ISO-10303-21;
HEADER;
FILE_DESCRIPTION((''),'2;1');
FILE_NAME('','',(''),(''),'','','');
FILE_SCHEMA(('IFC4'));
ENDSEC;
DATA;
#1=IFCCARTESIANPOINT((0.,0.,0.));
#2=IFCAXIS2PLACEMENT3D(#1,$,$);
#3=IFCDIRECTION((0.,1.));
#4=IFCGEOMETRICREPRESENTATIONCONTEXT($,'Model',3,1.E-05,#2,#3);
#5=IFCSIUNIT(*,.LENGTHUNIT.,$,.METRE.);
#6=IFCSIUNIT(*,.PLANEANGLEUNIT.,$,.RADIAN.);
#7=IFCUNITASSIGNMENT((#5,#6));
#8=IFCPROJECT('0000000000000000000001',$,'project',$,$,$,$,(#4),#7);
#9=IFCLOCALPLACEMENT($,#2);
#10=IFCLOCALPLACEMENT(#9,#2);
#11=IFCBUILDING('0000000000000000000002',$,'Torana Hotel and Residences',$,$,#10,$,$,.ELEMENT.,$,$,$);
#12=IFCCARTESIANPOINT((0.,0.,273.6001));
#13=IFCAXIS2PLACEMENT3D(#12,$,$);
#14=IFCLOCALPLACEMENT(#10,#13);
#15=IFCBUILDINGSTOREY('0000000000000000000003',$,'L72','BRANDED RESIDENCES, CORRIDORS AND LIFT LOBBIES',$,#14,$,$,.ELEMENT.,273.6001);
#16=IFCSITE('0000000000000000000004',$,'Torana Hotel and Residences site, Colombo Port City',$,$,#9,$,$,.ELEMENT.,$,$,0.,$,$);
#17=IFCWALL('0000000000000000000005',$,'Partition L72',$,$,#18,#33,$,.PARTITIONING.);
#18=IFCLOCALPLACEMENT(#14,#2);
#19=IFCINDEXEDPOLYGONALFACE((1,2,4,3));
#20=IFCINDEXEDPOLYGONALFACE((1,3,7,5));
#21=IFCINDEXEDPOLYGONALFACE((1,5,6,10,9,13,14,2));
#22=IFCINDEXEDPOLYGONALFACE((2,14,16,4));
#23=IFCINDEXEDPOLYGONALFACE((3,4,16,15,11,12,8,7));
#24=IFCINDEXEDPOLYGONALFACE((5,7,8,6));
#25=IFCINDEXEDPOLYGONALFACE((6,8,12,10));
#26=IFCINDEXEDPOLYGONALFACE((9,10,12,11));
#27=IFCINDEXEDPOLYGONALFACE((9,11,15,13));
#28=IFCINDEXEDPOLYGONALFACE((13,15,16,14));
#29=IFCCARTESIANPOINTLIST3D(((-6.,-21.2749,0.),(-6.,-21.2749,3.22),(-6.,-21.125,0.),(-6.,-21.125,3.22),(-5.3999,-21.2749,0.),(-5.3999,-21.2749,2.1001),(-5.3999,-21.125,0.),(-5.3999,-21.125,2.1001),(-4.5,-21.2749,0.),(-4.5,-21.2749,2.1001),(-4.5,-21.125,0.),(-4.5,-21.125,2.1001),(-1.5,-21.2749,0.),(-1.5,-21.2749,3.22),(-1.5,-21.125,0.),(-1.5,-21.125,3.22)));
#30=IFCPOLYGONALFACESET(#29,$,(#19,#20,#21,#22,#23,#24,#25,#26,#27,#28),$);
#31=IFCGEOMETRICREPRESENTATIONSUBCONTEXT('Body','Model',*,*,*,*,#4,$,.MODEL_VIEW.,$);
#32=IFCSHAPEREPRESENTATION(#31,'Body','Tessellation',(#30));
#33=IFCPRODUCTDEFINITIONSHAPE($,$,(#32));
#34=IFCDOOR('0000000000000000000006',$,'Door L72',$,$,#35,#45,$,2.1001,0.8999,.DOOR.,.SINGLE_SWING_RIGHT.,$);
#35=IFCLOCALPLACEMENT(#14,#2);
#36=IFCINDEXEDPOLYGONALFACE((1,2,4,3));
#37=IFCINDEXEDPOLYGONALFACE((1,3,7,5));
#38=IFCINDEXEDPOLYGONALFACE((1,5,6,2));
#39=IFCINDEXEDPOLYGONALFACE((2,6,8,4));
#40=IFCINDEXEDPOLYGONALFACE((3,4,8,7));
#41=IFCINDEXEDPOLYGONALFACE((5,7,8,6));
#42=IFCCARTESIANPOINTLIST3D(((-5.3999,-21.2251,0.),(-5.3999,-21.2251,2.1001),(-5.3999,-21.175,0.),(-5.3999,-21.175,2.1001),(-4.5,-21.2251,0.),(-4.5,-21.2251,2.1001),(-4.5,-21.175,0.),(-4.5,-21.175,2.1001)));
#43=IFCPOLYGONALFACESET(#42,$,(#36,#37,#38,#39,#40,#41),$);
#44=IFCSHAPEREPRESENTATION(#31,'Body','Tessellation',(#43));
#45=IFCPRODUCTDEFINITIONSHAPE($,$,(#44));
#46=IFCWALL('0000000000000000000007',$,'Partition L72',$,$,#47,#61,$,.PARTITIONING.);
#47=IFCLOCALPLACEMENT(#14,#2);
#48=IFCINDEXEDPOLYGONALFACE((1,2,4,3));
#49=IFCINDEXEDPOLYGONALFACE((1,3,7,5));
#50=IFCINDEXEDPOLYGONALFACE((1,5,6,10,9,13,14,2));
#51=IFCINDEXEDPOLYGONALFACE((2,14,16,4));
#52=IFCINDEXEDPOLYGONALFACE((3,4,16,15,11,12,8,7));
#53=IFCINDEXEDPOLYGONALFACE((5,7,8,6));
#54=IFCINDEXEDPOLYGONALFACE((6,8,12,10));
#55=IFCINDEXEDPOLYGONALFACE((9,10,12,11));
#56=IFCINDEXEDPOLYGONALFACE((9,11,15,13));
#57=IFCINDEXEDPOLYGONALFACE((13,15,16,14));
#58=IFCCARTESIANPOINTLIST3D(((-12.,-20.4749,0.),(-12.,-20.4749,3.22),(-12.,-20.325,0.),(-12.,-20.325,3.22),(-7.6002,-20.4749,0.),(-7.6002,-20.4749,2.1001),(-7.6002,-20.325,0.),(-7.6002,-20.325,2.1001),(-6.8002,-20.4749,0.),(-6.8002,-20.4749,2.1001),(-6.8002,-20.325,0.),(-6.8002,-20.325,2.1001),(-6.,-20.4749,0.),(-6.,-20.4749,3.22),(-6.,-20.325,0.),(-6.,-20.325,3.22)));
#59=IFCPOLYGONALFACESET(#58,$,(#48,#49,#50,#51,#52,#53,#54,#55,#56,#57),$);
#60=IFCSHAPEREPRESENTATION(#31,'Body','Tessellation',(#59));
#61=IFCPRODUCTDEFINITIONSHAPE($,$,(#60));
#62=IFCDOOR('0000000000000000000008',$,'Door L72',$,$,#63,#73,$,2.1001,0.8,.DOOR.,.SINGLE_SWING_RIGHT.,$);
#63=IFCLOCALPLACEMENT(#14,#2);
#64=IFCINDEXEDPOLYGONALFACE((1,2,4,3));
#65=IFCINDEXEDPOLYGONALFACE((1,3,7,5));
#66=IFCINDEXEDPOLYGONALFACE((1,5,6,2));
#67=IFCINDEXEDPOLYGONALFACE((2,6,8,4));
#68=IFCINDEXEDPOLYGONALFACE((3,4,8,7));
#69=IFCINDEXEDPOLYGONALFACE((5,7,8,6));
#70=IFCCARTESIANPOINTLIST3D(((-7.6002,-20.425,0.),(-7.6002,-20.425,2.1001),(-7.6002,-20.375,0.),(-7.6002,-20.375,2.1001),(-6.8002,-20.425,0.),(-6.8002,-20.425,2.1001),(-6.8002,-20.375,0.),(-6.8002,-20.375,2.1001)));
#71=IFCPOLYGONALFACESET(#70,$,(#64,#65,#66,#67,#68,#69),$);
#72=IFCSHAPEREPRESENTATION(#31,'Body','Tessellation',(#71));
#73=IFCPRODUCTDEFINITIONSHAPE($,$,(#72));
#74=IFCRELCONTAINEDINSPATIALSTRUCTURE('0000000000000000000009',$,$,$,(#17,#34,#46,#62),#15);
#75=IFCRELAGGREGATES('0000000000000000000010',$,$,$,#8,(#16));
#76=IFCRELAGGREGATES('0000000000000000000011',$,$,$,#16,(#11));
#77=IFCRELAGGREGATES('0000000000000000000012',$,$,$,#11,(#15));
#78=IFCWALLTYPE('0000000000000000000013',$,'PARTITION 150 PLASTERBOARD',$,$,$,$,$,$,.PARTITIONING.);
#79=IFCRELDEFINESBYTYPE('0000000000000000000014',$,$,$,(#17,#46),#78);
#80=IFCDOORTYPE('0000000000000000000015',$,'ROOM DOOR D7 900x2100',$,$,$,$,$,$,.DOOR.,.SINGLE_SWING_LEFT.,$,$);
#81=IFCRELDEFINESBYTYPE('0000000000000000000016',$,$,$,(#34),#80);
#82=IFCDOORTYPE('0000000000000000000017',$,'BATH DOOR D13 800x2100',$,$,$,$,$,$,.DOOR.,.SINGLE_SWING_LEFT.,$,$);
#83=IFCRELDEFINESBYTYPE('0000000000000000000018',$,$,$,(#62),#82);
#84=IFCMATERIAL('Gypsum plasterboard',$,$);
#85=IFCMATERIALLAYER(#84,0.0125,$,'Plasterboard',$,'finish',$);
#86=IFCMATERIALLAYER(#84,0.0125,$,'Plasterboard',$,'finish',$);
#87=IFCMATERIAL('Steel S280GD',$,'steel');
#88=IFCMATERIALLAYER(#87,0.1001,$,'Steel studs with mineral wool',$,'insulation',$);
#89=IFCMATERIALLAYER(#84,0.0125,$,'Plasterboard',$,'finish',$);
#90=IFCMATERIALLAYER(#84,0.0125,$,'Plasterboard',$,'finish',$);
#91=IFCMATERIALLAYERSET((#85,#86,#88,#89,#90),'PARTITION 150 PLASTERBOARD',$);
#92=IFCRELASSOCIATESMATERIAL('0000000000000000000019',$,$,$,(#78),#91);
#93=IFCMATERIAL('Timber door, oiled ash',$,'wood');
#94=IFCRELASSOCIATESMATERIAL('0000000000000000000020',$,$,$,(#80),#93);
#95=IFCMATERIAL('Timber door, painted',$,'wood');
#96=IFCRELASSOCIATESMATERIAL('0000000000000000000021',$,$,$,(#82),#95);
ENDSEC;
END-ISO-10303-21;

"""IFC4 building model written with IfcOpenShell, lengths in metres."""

from ifc_helpers import new_model, si_unit, direction, frame, frame_2d, origin, place, context, subcontext, project, spatial, rectangle, extrude, material, layer, layer_set, type_object, element, fill, save


model = new_model("IFC4")

# Units and contexts
model_context = context("Model", 3, precision=1e-05, world=origin(), true_north=direction((0.0, 1.0)))
body_context = subcontext(model_context, "Body", "Model", "MODEL_VIEW")
ifc_project = project(units=[si_unit("LENGTHUNIT", "METRE"), si_unit("PLANEANGLEUNIT", "RADIAN")], contexts=[model_context])

# Site, building, storey
site_placement = place(None, origin())
site = spatial("IfcSite", under=ifc_project, at=site_placement, Name="Torana Hotel and Residences site, Colombo Port City", CompositionType="ELEMENT", RefElevation=0.0)
building_placement = place(site_placement, origin())
building = spatial("IfcBuilding", under=site, at=building_placement, Name="Torana Hotel and Residences", CompositionType="ELEMENT")
storey_placement = place(building_placement, frame((0.0, 0.0, 273.6001)))
storey = spatial("IfcBuildingStorey", under=building, at=storey_placement, Name="L72", Description="BRANDED RESIDENCES, CORRIDORS AND LIFT LOBBIES", CompositionType="ELEMENT", Elevation=273.6001)

# Shared definitions
ifc_material_1 = material(Name="Gypsum plasterboard")
ifc_layer_1 = layer(ifc_material_1, 0.0125, Name="Plasterboard", Category="finish")
ifc_layer_2 = layer(ifc_material_1, 0.0125, Name="Plasterboard", Category="finish")
ifc_material_2 = material(Name="Steel S280GD", Category="steel")
ifc_layer_3 = layer(ifc_material_2, 0.1001, Name="Steel studs with mineral wool", Category="insulation")
ifc_layer_4 = layer(ifc_material_1, 0.0125, Name="Plasterboard", Category="finish")
ifc_layer_5 = layer(ifc_material_1, 0.0125, Name="Plasterboard", Category="finish")
ifc_layer_set_1 = layer_set([ifc_layer_1, ifc_layer_2, ifc_layer_3, ifc_layer_4, ifc_layer_5], Name="PARTITION 150 PLASTERBOARD")
wall_type_1 = type_object("IfcWallType", Name="PARTITION 150 PLASTERBOARD", PredefinedType="PARTITIONING", material=ifc_layer_set_1)

# Walls, openings, doors
wall_1_placement = place(storey_placement, frame((-6.0, -21.2, 0.0), z_axis=(0.0, 0.0, 1.0), x_axis=(1.0, 0.0, 0.0)))
wall_1 = element("IfcWall", 1, at=wall_1_placement, inside=storey, type_object=wall_type_1, Name="Partition L72", PredefinedType="PARTITIONING", context=body_context, shape_type="SweptSolid", body=[
    extrude(rectangle(XDim=4.5, YDim=0.1499, at=frame_2d((2.25, 0.0))), origin(), (0.0, 0.0, 1.0), 3.22),
])
opening_1_placement = place(wall_1_placement, frame((0.6001, 0.0, 0.0)))
opening_1 = element("IfcOpeningElement", 2, at=opening_1_placement, cuts=wall_1, PredefinedType="OPENING", context=body_context, shape_type="SweptSolid", body=[
    extrude(rectangle(XDim=0.8999, YDim=2.1001, at=frame_2d((0.45, 1.05))), frame((0.0, 0.085, 0.0), z_axis=(0.0, -1.0, 0.0), x_axis=(1.0, 0.0, 0.0)), (0.0, 0.0, 1.0), 0.1699),
])
ifc_material_3 = material(Name="Timber door, oiled ash", Category="wood")
door_type_1 = type_object("IfcDoorType", Name="ROOM DOOR D7 900x2100", OperationType="SINGLE_SWING_LEFT", PredefinedType="DOOR", material=ifc_material_3)
door_1_placement = place(opening_1_placement, origin())
door_1 = element("IfcDoor", 3, at=door_1_placement, inside=storey, type_object=door_type_1, Name="Door L72", OperationType="SINGLE_SWING_RIGHT", OverallHeight=2.1001, OverallWidth=0.8999, PredefinedType="DOOR", context=body_context, shape_type="SweptSolid", body=[
    extrude(rectangle(XDim=0.8999, YDim=2.1001, at=frame_2d((0.45, 1.05))), frame((0.0, 0.0249, 0.0), z_axis=(0.0, -1.0, 0.0), x_axis=(1.0, 0.0, 0.0)), (0.0, 0.0, 1.0), 0.05),
])
fill(opening_1, door_1)
wall_2_placement = place(storey_placement, frame((-12.0, -20.3999, 0.0), z_axis=(0.0, 0.0, 1.0), x_axis=(1.0, 0.0, 0.0)))
wall_2 = element("IfcWall", 4, at=wall_2_placement, inside=storey, type_object=wall_type_1, Name="Partition L72", PredefinedType="PARTITIONING", context=body_context, shape_type="SweptSolid", body=[
    extrude(rectangle(XDim=6.0, YDim=0.1499, at=frame_2d((3.0, 0.0))), origin(), (0.0, 0.0, 1.0), 3.22),
])
opening_2_placement = place(wall_2_placement, frame((4.3999, 0.0, 0.0)))
opening_2 = element("IfcOpeningElement", 5, at=opening_2_placement, cuts=wall_2, PredefinedType="OPENING", context=body_context, shape_type="SweptSolid", body=[
    extrude(rectangle(XDim=0.8, YDim=2.1001, at=frame_2d((0.3999, 1.05))), frame((0.0, 0.085, 0.0), z_axis=(0.0, -1.0, 0.0), x_axis=(1.0, 0.0, 0.0)), (0.0, 0.0, 1.0), 0.1699),
])
ifc_material_4 = material(Name="Timber door, painted", Category="wood")
door_type_2 = type_object("IfcDoorType", Name="BATH DOOR D13 800x2100", OperationType="SINGLE_SWING_LEFT", PredefinedType="DOOR", material=ifc_material_4)
door_2_placement = place(opening_2_placement, origin())
door_2 = element("IfcDoor", 6, at=door_2_placement, inside=storey, type_object=door_type_2, Name="Door L72", OperationType="SINGLE_SWING_RIGHT", OverallHeight=2.1001, OverallWidth=0.8, PredefinedType="DOOR", context=body_context, shape_type="SweptSolid", body=[
    extrude(rectangle(XDim=0.8, YDim=2.1001, at=frame_2d((0.3999, 1.05))), frame((0.0, 0.0249, 0.0), z_axis=(0.0, -1.0, 0.0), x_axis=(1.0, 0.0, 0.0)), (0.0, 0.0, 1.0), 0.05),
])
fill(opening_2, door_2)

save(model, "model.ifc")
